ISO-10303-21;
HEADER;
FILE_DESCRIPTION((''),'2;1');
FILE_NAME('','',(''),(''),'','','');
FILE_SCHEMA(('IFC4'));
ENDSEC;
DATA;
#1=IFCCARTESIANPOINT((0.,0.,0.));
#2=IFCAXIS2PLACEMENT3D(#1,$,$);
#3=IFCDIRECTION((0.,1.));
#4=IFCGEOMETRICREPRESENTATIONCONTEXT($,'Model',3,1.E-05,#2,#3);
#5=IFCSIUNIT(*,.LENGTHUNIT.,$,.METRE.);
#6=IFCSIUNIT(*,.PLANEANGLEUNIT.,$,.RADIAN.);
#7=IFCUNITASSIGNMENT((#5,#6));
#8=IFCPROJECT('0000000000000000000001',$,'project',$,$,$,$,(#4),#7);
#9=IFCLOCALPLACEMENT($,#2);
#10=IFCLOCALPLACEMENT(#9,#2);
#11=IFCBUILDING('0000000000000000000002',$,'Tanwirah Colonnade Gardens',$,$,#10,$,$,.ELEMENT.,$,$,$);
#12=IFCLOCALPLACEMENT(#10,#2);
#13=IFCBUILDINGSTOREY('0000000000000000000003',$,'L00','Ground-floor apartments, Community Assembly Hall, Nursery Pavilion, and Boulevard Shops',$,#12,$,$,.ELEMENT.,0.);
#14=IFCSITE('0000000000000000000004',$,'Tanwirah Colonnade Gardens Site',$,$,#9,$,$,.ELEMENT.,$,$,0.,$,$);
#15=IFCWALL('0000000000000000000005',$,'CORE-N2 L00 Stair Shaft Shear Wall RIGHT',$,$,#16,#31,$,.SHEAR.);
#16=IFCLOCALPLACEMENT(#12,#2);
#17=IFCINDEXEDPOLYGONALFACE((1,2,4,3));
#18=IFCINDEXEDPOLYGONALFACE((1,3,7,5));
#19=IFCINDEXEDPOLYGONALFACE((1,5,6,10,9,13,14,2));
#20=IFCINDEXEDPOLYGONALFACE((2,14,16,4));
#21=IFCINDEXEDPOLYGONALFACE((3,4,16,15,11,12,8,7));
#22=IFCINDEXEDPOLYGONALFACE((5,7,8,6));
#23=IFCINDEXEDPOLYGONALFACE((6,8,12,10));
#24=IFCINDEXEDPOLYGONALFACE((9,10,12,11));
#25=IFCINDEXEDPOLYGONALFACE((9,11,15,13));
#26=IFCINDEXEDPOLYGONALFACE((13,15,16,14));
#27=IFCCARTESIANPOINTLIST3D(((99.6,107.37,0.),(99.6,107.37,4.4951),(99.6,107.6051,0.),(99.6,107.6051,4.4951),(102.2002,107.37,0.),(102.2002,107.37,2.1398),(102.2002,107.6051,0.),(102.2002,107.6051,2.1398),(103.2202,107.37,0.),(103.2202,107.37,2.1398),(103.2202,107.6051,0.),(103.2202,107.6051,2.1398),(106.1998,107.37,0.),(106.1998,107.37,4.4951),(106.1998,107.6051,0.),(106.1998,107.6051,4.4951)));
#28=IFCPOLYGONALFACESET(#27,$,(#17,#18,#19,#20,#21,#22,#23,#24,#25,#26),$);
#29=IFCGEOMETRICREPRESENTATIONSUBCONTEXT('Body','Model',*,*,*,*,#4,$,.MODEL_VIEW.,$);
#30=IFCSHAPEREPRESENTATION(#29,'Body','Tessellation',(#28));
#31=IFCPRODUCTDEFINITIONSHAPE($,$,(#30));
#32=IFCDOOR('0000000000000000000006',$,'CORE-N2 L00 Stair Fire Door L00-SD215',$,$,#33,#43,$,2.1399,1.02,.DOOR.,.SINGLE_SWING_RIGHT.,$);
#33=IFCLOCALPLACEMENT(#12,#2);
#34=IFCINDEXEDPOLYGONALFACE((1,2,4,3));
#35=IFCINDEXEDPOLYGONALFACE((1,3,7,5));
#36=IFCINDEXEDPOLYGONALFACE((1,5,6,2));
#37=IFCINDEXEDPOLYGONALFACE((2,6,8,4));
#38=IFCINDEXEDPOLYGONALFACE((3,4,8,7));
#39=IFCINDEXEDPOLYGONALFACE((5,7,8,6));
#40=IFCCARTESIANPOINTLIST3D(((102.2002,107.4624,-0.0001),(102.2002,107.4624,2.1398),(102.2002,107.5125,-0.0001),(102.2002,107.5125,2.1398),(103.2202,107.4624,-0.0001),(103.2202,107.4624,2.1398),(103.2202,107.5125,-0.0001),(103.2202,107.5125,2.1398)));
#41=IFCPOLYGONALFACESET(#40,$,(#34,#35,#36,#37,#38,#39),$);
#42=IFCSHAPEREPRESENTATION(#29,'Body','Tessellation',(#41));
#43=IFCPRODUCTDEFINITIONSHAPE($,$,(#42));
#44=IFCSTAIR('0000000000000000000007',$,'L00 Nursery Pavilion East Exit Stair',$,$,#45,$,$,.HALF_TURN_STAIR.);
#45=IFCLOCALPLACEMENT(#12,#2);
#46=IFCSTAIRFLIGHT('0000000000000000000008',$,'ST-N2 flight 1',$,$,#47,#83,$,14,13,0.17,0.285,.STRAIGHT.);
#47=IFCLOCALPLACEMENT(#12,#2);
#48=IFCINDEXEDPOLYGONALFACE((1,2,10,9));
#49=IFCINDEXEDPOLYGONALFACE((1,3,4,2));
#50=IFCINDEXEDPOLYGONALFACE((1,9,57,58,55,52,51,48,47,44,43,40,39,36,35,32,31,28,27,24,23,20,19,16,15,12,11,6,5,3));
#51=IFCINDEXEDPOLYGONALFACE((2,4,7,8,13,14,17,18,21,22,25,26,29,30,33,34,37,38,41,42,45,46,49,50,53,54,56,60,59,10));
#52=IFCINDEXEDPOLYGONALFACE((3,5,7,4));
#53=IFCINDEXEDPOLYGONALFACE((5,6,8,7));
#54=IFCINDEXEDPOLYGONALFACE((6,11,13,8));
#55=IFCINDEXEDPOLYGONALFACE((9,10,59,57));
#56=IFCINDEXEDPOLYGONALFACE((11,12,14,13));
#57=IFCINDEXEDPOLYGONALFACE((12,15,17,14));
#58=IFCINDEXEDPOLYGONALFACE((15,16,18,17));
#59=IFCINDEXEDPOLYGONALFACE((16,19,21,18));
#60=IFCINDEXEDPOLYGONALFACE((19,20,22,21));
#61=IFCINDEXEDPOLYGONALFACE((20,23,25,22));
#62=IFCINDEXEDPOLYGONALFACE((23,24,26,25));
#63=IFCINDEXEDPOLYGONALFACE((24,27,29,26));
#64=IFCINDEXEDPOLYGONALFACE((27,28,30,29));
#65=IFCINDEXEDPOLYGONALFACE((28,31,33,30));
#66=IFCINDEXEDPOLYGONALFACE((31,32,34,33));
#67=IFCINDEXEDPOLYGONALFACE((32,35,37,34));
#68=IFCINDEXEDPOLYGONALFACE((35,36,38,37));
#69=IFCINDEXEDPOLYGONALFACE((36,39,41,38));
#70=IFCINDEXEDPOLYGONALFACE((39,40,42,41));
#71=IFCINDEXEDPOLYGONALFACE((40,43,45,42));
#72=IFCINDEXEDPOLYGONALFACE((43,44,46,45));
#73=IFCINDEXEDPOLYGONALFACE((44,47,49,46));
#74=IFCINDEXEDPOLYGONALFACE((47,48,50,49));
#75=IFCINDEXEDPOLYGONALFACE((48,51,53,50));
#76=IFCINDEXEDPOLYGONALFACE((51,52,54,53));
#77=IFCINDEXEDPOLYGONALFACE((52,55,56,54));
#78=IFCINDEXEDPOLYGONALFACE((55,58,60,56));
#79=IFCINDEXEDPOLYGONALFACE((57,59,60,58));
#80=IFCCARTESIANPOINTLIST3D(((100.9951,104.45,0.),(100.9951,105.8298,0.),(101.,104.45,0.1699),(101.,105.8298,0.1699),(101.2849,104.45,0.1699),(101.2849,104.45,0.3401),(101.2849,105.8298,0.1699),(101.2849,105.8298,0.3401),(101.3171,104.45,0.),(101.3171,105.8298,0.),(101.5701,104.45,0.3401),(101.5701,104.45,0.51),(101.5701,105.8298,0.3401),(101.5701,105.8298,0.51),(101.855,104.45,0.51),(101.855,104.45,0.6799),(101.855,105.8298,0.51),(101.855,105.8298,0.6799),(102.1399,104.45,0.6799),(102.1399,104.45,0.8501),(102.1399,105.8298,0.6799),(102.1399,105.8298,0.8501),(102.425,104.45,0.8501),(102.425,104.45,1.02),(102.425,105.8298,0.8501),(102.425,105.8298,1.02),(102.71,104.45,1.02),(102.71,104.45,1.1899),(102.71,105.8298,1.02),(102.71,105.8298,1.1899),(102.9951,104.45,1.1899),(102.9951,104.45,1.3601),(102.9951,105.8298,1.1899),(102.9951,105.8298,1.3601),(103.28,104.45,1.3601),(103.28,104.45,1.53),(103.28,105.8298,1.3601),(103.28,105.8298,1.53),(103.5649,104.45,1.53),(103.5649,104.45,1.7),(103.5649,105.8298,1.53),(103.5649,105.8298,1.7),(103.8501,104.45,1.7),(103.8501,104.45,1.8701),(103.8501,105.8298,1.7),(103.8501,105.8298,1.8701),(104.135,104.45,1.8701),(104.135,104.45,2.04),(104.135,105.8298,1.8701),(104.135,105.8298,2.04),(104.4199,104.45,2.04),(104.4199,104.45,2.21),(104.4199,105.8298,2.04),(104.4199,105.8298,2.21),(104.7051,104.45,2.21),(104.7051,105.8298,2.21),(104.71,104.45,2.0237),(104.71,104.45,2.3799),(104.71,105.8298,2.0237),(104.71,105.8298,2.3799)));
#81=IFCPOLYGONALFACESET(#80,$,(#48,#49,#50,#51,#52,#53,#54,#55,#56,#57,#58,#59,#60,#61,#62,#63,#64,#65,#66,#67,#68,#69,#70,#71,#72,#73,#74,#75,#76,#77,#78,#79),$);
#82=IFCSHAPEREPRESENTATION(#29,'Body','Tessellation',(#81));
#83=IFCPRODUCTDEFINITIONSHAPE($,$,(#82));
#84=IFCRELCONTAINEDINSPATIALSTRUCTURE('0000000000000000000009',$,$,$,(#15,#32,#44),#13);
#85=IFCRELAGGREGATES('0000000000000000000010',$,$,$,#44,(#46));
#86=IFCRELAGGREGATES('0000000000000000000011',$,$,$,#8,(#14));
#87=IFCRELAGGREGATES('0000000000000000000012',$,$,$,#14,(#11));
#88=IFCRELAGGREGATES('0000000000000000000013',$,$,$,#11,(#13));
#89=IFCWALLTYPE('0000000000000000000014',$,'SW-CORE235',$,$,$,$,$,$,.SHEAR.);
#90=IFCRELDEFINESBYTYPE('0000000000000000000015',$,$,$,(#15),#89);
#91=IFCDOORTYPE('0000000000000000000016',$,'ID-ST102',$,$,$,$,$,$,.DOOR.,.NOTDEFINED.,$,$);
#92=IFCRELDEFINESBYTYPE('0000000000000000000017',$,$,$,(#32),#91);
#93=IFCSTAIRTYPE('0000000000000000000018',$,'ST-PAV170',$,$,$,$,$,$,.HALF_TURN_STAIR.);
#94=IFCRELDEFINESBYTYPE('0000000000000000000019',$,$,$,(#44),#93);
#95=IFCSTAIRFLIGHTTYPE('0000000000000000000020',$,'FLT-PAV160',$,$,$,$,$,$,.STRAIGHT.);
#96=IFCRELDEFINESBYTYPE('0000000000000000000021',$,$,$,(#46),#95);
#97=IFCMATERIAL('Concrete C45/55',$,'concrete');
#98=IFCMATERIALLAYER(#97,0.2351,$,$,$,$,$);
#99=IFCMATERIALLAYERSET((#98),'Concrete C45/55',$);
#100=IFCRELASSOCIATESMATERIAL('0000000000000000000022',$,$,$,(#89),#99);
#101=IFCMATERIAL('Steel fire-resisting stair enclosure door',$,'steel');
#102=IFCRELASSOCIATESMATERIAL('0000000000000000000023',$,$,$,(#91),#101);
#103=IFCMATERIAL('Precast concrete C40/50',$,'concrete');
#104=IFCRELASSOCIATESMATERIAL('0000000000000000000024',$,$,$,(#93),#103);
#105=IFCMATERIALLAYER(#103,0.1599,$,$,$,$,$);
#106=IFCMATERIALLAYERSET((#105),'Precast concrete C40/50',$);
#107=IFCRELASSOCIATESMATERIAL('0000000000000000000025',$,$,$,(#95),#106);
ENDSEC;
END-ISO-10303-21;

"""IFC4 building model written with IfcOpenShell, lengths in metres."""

from ifc_helpers import new_model, si_unit, direction, frame, frame_2d, origin, place, context, subcontext, project, spatial, polyline, rectangle, outline, extrude, material, layer, layer_set, type_object, element, fill, aggregate, save


model = new_model("IFC4")

# Units and contexts
model_context = context("Model", 3, precision=1e-05, world=origin(), true_north=direction((0.0, 1.0)))
body_context = subcontext(model_context, "Body", "Model", "MODEL_VIEW")
ifc_project = project(units=[si_unit("LENGTHUNIT", "METRE"), si_unit("PLANEANGLEUNIT", "RADIAN")], contexts=[model_context])

# Site, building, storey
site_placement = place(None, origin())
site = spatial("IfcSite", under=ifc_project, at=site_placement, Name="Tanwirah Colonnade Gardens Site", CompositionType="ELEMENT", RefElevation=0.0)
building_placement = place(site_placement, origin())
building = spatial("IfcBuilding", under=site, at=building_placement, Name="Tanwirah Colonnade Gardens", CompositionType="ELEMENT")
storey_placement = place(building_placement, origin())
storey = spatial("IfcBuildingStorey", under=building, at=storey_placement, Name="L00", Description="Ground-floor apartments, Community Assembly Hall, Nursery Pavilion, and Boulevard Shops", CompositionType="ELEMENT", Elevation=0.0)

# Shared definitions
ifc_material_1 = material(Name="Precast concrete C40/50", Category="concrete")

# Wall, opening, door
ifc_material_2 = material(Name="Concrete C45/55", Category="concrete")
ifc_layer_1 = layer(ifc_material_2, 0.2351)
ifc_layer_set_1 = layer_set([ifc_layer_1], Name="Concrete C45/55")
wall_type_1 = type_object("IfcWallType", Name="SW-CORE235", PredefinedType="SHEAR", material=ifc_layer_set_1)
wall_1_placement = place(storey_placement, frame((99.6001, 107.4875, 0.0), z_axis=(0.0, 0.0, 1.0), x_axis=(1.0, 0.0, 0.0)))
wall_1 = element("IfcWall", 1, at=wall_1_placement, inside=storey, type_object=wall_type_1, Name="CORE-N2 L00 Stair Shaft Shear Wall RIGHT", PredefinedType="SHEAR", context=body_context, shape_type="SweptSolid", body=[
    extrude(rectangle(XDim=6.5999, YDim=0.2351, at=frame_2d((3.2998, 0.0))), origin(), (0.0, 0.0, 1.0), 4.4951),
])
opening_1_placement = place(wall_1_placement, frame((2.6001, 0.0, 0.0)))
opening_1 = element("IfcOpeningElement", 2, at=opening_1_placement, cuts=wall_1, PredefinedType="OPENING", context=body_context, shape_type="SweptSolid", body=[
    extrude(rectangle(XDim=1.02, YDim=2.1399, at=frame_2d((0.51, 1.0698))), frame((0.0, 0.1274, 0.0), z_axis=(0.0, -1.0, 0.0), x_axis=(1.0, 0.0, 0.0)), (0.0, 0.0, 1.0), 0.2551),
])
ifc_material_3 = material(Name="Steel fire-resisting stair enclosure door", Category="steel")
door_type_1 = type_object("IfcDoorType", Name="ID-ST102", OperationType="NOTDEFINED", PredefinedType="DOOR", material=ifc_material_3)
door_1_placement = place(opening_1_placement, origin())
door_1 = element("IfcDoor", 3, at=door_1_placement, inside=storey, type_object=door_type_1, Name="CORE-N2 L00 Stair Fire Door L00-SD215", OperationType="SINGLE_SWING_RIGHT", OverallHeight=2.1399, OverallWidth=1.02, PredefinedType="DOOR", context=body_context, shape_type="SweptSolid", body=[
    extrude(rectangle(XDim=1.02, YDim=2.1399, at=frame_2d((0.51, 1.0698))), frame((0.0, 0.0249, 0.0), z_axis=(0.0, -1.0, 0.0), x_axis=(1.0, 0.0, 0.0)), (0.0, 0.0, 1.0), 0.05),
])
fill(opening_1, door_1)

# Stair, stair flight
stair_type = type_object("IfcStairType", Name="ST-PAV170", PredefinedType="HALF_TURN_STAIR", material=ifc_material_1)
stair_placement = place(storey_placement, origin())
stair = element("IfcStair", 4, at=stair_placement, inside=storey, type_object=stair_type, Name="L00 Nursery Pavilion East Exit Stair", PredefinedType="HALF_TURN_STAIR")
ifc_layer_2 = layer(ifc_material_1, 0.1599)
ifc_layer_set_2 = layer_set([ifc_layer_2], Name="Precast concrete C40/50")
stair_flight_type = type_object("IfcStairFlightType", Name="FLT-PAV160", PredefinedType="STRAIGHT", material=ifc_layer_set_2)
stair_flight_placement = place(storey_placement, frame((101.0, 105.1399, 0.0), z_axis=(0.0, 0.0, 1.0), x_axis=(1.0, 0.0, 0.0)))
stair_flight = element("IfcStairFlight", 5, at=stair_flight_placement, type_object=stair_flight_type, Name="ST-N2 flight 1", NumberOfRisers=14, NumberOfTreads=13, PredefinedType="STRAIGHT", RiserHeight=0.17, TreadLength=0.285, context=body_context, shape_type="SweptSolid", body=[
    extrude(outline(polyline([(-0.0049, 0.0), (0.0, 0.1699), (0.2849, 0.1699), (0.2849, 0.3401), (0.5701, 0.3401), (0.5701, 0.51), (0.855, 0.51), (0.855, 0.6799), (1.1399, 0.6799), (1.1399, 0.8501), (1.425, 0.8501), (1.425, 1.02), (1.71, 1.02), (1.71, 1.1899), (1.9951, 1.1899), (1.9951, 1.3601), (2.28, 1.3601), (2.28, 1.53), (2.5649, 1.53), (2.5649, 1.7), (2.8501, 1.7), (2.8501, 1.8701), (3.135, 1.8701), (3.135, 2.04), (3.4199, 2.04), (3.4199, 2.21), (3.7051, 2.21), (3.71, 2.3799), (3.71, 2.0237), (0.3171, 0.0), (-0.0049, 0.0)])), frame((0.0, 0.6899, 0.0), z_axis=(0.0, -1.0, 0.0), x_axis=(1.0, 0.0, 0.0)), (0.0, 0.0, 1.0), 1.3799),
])
aggregate(stair, [stair_flight])

save(model, "model.ifc")
